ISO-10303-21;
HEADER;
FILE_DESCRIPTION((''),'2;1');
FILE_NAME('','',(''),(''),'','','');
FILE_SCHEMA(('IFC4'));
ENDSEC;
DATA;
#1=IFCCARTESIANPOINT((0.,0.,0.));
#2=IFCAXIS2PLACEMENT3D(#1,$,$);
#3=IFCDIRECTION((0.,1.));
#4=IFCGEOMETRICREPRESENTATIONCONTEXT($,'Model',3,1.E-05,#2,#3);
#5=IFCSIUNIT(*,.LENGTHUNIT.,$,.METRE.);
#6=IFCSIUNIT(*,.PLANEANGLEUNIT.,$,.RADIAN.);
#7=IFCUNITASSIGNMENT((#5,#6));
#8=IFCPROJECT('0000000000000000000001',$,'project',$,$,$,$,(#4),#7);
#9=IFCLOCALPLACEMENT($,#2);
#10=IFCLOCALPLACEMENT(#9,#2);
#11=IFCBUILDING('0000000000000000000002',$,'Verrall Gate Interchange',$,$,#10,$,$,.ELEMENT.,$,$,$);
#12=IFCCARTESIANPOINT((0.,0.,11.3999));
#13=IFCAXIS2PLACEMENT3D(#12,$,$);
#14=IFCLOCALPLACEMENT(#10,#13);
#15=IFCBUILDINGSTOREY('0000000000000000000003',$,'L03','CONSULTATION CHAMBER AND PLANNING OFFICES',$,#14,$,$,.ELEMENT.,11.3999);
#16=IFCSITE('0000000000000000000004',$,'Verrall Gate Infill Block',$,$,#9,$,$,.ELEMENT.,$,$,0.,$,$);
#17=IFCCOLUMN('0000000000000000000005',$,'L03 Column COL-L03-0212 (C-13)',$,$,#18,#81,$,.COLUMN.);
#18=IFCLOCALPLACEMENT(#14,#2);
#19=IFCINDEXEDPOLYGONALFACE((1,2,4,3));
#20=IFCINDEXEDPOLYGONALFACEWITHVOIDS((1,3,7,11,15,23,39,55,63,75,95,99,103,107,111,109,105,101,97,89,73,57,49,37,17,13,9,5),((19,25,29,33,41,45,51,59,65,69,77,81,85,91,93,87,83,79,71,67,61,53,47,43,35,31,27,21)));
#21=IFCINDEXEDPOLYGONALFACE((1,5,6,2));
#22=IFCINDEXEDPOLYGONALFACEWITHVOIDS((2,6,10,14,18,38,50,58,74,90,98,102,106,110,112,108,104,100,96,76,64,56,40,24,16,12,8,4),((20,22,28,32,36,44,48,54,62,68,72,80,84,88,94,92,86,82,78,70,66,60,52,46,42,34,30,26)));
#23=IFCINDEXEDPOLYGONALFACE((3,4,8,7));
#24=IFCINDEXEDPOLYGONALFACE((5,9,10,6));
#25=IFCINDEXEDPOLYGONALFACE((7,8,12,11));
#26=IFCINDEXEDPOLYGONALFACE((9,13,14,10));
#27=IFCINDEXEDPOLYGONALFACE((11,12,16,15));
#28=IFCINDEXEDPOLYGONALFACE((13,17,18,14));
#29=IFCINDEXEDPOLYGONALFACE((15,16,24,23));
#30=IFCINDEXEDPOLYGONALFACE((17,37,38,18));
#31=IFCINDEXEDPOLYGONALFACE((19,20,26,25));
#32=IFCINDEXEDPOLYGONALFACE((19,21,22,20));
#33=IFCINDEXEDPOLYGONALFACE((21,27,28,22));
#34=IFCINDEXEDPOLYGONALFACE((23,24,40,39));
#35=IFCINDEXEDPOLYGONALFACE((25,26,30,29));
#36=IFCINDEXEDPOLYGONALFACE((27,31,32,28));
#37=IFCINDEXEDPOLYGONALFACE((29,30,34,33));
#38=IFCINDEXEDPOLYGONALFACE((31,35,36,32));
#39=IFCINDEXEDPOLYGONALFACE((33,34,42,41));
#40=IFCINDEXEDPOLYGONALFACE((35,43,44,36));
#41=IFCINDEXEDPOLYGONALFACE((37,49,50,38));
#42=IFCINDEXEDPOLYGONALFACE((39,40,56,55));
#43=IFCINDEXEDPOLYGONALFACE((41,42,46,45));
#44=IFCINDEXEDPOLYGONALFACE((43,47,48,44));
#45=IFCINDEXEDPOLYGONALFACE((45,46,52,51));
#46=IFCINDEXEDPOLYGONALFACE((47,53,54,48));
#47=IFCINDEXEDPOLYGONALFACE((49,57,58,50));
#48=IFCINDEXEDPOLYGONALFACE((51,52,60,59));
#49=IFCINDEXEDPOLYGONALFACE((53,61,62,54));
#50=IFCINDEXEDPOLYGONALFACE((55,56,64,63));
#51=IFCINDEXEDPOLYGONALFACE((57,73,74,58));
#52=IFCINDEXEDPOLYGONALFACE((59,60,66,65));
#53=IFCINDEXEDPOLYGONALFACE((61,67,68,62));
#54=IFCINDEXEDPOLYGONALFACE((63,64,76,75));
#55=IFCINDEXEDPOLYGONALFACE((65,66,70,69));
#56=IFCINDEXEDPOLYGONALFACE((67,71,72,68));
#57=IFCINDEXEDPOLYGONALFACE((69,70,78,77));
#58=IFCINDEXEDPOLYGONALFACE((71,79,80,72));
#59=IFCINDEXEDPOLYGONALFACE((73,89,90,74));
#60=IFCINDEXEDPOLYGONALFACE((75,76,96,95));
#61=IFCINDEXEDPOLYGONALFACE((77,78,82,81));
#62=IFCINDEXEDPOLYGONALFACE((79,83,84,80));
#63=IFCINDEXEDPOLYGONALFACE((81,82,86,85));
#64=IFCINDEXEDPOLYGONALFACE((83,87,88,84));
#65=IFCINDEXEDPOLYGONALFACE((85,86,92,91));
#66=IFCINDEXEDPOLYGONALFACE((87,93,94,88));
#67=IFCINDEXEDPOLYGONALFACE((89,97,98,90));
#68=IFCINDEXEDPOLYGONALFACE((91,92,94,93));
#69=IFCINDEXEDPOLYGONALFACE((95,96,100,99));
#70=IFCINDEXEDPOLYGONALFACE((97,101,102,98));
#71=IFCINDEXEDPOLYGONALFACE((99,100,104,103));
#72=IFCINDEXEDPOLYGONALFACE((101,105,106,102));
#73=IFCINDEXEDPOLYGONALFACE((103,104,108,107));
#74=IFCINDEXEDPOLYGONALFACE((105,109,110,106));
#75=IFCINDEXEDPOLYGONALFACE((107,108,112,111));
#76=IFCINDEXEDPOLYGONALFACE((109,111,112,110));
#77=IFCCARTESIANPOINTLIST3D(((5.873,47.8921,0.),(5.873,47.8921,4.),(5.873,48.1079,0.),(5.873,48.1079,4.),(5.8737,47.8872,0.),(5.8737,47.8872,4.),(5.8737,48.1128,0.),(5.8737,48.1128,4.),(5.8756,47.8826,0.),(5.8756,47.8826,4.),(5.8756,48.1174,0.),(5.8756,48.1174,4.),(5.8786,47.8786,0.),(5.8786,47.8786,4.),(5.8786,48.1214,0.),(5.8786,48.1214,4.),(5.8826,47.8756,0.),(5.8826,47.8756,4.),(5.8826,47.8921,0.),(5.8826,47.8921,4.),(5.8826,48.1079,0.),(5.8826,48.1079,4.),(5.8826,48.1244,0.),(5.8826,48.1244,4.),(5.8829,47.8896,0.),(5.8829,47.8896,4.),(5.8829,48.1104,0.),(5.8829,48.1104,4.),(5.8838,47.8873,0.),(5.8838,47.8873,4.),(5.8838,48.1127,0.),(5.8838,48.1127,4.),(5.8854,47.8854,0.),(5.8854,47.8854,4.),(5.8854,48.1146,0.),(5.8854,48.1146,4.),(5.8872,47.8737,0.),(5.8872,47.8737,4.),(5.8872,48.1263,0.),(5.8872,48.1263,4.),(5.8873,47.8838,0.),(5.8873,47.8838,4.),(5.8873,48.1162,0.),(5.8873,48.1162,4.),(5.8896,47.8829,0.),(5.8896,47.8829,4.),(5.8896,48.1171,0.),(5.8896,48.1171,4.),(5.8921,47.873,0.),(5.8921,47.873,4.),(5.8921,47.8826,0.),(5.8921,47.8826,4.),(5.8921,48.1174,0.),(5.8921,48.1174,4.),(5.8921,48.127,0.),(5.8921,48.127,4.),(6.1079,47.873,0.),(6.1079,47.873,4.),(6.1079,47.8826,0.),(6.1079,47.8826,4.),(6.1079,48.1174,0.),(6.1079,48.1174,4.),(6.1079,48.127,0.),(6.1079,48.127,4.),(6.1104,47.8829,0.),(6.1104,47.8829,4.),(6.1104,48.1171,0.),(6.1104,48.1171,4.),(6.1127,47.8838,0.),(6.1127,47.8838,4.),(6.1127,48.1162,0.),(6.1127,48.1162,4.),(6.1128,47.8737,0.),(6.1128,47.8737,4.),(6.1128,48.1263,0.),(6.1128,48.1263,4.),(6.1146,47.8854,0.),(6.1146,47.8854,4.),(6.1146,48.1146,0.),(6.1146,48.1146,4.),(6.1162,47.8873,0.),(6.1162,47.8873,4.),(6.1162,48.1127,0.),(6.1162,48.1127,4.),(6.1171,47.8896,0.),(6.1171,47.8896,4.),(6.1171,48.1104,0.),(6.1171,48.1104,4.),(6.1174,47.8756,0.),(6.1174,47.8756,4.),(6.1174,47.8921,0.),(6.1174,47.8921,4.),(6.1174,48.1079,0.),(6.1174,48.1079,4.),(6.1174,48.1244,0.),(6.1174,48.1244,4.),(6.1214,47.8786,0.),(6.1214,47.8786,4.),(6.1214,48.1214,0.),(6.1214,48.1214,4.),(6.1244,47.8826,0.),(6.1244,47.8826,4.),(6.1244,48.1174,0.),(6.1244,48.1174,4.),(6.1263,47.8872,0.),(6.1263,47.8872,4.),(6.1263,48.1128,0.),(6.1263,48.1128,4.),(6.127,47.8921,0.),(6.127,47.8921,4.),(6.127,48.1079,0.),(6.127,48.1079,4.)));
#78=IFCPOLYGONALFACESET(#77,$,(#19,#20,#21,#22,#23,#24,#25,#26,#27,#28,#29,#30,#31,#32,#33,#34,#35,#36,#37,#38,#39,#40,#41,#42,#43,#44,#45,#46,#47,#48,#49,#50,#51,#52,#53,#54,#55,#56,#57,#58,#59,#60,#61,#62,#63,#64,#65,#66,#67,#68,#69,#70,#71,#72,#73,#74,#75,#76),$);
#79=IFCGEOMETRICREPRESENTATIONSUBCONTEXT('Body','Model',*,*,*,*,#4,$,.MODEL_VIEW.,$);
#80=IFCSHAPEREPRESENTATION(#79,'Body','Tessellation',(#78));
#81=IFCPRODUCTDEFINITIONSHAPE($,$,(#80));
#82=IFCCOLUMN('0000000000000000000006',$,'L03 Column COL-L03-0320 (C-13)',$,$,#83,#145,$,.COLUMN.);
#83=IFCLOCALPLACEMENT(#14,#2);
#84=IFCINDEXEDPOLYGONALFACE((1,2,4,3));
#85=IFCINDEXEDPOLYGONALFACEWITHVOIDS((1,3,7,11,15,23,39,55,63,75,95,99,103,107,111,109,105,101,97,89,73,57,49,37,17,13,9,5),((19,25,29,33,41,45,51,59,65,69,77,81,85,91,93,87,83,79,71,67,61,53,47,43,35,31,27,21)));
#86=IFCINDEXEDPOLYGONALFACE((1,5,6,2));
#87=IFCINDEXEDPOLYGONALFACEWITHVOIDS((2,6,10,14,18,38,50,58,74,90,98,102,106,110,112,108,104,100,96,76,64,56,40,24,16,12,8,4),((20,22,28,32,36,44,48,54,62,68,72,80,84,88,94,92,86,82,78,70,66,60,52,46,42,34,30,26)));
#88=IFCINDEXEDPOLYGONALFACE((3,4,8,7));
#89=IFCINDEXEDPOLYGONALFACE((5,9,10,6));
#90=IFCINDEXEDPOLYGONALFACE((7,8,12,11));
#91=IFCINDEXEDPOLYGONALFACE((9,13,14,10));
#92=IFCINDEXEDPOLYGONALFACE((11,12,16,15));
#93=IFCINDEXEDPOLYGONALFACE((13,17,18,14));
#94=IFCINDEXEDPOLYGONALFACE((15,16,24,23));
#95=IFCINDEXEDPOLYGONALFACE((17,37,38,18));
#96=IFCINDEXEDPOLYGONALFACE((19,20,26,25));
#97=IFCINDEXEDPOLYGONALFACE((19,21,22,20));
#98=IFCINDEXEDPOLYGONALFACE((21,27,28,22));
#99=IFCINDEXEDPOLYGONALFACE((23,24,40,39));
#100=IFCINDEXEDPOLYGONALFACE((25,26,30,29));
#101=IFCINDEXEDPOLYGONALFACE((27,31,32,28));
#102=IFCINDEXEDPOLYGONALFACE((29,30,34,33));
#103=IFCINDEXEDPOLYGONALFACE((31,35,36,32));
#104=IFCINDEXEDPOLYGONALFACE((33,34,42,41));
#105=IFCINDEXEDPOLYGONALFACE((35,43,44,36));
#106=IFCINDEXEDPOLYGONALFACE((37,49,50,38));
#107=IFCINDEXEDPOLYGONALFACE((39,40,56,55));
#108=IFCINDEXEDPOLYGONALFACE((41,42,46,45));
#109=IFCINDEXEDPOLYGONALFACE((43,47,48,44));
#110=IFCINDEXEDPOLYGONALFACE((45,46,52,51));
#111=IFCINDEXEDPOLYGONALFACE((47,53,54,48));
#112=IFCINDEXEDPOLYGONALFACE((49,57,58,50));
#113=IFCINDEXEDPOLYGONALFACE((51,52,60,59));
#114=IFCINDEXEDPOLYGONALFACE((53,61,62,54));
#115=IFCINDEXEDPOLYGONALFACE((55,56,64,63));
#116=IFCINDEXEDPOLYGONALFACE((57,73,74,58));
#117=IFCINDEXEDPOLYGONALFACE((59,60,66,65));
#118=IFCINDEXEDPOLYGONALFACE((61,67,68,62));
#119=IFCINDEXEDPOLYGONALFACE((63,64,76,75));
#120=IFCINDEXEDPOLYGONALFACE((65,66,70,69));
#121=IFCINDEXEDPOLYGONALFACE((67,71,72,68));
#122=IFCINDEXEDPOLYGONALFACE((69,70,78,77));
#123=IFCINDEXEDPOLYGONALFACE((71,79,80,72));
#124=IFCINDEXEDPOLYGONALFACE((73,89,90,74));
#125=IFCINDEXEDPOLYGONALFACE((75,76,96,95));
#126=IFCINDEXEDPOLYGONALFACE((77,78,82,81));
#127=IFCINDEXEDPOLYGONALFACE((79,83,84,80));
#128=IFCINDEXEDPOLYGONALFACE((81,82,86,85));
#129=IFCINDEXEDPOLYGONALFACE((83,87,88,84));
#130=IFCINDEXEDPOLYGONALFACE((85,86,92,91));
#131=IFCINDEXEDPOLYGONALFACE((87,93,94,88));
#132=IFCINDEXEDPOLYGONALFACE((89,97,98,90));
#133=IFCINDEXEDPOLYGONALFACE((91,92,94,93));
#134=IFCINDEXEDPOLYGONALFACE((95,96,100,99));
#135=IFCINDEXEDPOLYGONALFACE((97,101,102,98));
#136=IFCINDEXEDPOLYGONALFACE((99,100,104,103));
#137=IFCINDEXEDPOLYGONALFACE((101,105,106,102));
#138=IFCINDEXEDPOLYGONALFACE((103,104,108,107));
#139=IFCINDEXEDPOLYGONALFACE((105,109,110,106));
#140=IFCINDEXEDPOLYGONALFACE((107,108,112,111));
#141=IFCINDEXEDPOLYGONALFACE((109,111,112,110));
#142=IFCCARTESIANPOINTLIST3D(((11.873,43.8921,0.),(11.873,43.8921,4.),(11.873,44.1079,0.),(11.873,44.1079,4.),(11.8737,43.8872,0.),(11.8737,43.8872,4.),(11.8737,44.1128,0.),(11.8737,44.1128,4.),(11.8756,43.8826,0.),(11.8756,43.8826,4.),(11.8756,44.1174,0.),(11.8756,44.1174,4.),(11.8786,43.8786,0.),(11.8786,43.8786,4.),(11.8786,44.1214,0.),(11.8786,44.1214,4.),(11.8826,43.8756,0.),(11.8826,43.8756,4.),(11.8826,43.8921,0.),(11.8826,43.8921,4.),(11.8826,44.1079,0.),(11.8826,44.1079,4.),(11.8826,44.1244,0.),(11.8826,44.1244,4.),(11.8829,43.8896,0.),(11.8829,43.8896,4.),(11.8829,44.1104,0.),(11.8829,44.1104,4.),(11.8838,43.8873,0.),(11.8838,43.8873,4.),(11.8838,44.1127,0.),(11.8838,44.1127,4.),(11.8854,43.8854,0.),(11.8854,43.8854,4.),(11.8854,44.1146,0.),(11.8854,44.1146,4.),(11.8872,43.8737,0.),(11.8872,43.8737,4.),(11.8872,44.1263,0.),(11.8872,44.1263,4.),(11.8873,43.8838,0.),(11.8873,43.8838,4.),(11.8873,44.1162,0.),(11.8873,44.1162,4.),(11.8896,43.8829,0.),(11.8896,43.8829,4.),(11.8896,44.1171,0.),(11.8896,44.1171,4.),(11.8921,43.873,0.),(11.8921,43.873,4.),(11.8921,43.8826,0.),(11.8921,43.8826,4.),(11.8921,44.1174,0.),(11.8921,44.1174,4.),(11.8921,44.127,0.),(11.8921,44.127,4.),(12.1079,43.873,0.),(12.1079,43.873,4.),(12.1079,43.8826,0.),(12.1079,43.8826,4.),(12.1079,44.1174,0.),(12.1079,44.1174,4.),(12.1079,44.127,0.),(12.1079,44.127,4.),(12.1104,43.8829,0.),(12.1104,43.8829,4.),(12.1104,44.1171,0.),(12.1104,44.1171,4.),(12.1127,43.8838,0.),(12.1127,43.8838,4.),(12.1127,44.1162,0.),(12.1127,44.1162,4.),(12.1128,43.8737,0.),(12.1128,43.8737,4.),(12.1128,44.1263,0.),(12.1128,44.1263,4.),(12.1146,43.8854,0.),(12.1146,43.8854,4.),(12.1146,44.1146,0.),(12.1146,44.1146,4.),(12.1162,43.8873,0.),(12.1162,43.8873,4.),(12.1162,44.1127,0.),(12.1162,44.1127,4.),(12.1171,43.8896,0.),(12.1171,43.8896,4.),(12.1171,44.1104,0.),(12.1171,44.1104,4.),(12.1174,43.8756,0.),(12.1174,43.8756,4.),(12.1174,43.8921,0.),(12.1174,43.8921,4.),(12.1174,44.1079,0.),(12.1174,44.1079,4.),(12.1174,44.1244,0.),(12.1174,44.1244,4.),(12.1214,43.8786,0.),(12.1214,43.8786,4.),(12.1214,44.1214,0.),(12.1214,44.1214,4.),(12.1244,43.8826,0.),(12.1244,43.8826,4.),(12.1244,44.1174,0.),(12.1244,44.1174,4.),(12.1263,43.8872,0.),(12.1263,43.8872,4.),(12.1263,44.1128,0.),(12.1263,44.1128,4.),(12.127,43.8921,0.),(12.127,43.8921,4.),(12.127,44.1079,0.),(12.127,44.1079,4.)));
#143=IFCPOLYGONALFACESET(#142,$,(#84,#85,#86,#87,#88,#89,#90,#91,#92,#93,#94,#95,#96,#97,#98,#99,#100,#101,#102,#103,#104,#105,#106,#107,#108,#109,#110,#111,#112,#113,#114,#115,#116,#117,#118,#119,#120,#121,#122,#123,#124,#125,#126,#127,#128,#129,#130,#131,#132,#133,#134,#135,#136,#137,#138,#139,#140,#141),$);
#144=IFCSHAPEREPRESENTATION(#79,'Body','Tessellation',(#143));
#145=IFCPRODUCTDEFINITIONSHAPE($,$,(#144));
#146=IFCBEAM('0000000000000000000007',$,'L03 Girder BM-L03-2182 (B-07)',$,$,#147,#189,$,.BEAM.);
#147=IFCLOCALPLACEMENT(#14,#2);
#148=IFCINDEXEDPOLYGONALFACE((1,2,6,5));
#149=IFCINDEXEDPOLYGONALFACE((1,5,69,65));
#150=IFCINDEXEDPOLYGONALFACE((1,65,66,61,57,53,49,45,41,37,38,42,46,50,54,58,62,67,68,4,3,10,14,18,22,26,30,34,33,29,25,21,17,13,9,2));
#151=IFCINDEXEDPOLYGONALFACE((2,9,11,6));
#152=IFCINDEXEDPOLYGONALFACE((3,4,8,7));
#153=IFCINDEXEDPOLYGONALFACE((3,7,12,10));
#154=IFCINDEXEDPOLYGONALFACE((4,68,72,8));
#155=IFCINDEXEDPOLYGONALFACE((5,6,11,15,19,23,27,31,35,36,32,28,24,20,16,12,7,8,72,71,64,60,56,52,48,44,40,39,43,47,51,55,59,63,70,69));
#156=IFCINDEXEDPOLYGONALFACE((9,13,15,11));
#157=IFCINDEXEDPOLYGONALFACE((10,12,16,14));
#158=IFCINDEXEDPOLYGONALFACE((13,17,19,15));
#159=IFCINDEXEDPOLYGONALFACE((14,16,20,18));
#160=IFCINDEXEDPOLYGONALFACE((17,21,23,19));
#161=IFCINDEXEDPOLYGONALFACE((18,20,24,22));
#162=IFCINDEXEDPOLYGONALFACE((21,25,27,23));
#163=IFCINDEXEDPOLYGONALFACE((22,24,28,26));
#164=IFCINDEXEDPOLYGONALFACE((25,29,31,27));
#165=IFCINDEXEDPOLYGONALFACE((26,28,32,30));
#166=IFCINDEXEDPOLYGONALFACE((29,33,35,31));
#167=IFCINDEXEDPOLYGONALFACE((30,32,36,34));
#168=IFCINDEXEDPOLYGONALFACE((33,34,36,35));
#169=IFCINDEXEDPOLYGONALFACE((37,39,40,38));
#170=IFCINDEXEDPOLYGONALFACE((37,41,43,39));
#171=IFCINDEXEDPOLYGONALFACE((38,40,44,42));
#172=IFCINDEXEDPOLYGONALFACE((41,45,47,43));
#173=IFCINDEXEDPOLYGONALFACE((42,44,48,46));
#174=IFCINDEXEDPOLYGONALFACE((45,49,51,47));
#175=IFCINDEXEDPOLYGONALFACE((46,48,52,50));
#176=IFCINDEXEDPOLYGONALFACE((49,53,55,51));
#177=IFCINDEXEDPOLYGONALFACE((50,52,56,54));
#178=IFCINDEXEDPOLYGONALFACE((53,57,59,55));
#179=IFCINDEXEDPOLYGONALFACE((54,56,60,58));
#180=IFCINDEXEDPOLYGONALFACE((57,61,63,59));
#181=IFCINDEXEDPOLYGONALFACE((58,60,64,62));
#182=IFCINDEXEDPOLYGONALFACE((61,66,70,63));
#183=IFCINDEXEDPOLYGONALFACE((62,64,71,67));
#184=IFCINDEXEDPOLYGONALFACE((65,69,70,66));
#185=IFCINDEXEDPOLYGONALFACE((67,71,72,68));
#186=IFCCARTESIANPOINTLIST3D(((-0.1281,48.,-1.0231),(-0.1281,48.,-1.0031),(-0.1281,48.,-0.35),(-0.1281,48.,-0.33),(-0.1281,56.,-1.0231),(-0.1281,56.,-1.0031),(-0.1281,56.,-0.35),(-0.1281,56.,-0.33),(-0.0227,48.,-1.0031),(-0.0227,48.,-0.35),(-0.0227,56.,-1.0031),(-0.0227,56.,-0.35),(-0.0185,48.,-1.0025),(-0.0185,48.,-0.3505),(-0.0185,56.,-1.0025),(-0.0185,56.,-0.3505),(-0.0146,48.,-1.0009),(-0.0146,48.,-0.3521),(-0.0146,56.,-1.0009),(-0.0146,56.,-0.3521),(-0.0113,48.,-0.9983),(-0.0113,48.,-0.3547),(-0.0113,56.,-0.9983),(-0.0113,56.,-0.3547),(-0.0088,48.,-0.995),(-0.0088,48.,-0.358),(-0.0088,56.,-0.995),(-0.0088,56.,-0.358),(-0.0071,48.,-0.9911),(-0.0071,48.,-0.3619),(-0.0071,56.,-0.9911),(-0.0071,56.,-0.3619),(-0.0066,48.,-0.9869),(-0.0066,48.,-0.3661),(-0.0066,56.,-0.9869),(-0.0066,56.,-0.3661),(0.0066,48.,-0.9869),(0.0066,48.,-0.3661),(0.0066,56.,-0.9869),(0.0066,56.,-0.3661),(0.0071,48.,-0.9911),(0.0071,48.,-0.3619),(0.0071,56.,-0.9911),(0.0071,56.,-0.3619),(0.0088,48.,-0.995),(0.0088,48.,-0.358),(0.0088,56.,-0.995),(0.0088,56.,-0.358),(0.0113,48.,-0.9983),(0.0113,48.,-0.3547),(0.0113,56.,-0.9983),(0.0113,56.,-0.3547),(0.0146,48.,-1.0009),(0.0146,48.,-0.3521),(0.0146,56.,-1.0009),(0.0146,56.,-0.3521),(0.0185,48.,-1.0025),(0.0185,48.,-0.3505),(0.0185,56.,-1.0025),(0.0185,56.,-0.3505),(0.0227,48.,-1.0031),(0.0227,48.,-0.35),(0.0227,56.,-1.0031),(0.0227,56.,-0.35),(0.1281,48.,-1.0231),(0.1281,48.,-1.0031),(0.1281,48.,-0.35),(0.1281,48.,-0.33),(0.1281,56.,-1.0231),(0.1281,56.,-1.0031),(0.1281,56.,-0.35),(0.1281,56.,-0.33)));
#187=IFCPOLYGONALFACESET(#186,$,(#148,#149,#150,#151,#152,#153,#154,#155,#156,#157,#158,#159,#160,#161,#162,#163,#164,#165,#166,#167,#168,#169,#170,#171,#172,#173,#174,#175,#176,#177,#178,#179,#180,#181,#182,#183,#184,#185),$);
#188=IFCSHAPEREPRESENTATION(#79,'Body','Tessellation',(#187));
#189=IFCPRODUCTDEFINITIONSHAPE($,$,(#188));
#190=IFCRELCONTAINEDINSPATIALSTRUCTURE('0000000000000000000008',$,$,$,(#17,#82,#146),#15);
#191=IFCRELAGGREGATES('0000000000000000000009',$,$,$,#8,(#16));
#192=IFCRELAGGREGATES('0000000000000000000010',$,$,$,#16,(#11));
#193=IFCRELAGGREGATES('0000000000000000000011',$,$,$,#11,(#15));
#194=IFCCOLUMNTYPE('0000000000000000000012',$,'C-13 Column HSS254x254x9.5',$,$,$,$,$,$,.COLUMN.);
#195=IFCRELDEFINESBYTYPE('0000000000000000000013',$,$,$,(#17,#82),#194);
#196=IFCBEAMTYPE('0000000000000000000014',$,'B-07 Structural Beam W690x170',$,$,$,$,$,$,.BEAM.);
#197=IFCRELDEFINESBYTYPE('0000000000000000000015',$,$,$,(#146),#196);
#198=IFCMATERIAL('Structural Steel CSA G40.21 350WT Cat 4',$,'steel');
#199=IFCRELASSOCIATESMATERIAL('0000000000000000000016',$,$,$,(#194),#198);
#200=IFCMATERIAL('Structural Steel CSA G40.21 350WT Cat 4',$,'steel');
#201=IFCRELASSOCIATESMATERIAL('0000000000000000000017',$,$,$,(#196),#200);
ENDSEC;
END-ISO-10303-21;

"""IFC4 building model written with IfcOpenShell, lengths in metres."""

from ifc_helpers import new_model, si_unit, direction, frame, origin, origin_2d, place, context, subcontext, project, spatial, hollow_rectangle, i_section, extrude, material, material_profile, profile_set, type_object, element, save


model = new_model("IFC4")

# Units and contexts
model_context = context("Model", 3, precision=1e-05, world=origin(), true_north=direction((0.0, 1.0)))
body_context = subcontext(model_context, "Body", "Model", "MODEL_VIEW")
ifc_project = project(units=[si_unit("LENGTHUNIT", "METRE"), si_unit("PLANEANGLEUNIT", "RADIAN")], contexts=[model_context])

# Site, building, storey
site_placement = place(None, origin())
site = spatial("IfcSite", under=ifc_project, at=site_placement, Name="Verrall Gate Infill Block", CompositionType="ELEMENT", RefElevation=0.0)
building_placement = place(site_placement, origin())
building = spatial("IfcBuilding", under=site, at=building_placement, Name="Verrall Gate Interchange", CompositionType="ELEMENT")
storey_placement = place(building_placement, frame((0.0, 0.0, 11.3999)))
storey = spatial("IfcBuildingStorey", under=building, at=storey_placement, Name="L03", Description="CONSULTATION CHAMBER AND PLANNING OFFICES", CompositionType="ELEMENT", Elevation=11.3999)

# Columns
ifc_material_1 = material(Name="Structural Steel CSA G40.21 350WT Cat 4", Category="steel")
ifc_material_profile_1 = material_profile(ifc_material_1, hollow_rectangle(XDim=0.2539, YDim=0.2539, WallThickness=0.0095, InnerFilletRadius=0.0095, OuterFilletRadius=0.019, at=origin_2d()), Name="HSS254x254x9.5")
ifc_profile_set_1 = profile_set([ifc_material_profile_1], Name="Structural Steel CSA G40.21 350WT Cat 4")
column_type_1 = type_object("IfcColumnType", Name="C-13 Column HSS254x254x9.5", PredefinedType="COLUMN", material=ifc_profile_set_1)
for number, where, z_axis, x_axis, name in (
    (1, (6.0, 48.0, 0.0), (0.0, 0.0, 1.0), (1.0, 0.0, 0.0), "L03 Column COL-L03-0212 (C-13)"),
    (2, (12.0, 44.0, 0.0), (0.0, 0.0, 1.0), (1.0, 0.0, 0.0), "L03 Column COL-L03-0320 (C-13)"),
):
    element("IfcColumn", number, at=place(storey_placement, frame(where, z_axis=z_axis, x_axis=x_axis)), inside=storey, type_object=column_type_1, Name=name, PredefinedType="COLUMN", context=body_context, shape_type="SweptSolid", body=[
        extrude(hollow_rectangle(XDim=0.2539, YDim=0.2539, WallThickness=0.0095, InnerFilletRadius=0.0095, OuterFilletRadius=0.019, at=origin_2d()), origin(), (0.0, 0.0, 1.0), 4.0),
    ])

# Beam
ifc_material_2 = material(Name="Structural Steel CSA G40.21 350WT Cat 4", Category="steel")
ifc_material_profile_2 = material_profile(ifc_material_2, i_section(OverallWidth=0.2561, OverallDepth=0.6931, WebThickness=0.0132, FlangeThickness=0.02, FilletRadius=0.0161, at=origin_2d()), Name="W690x170")
ifc_profile_set_2 = profile_set([ifc_material_profile_2], Name="Structural Steel CSA G40.21 350WT Cat 4")
beam_type_1 = type_object("IfcBeamType", Name="B-07 Structural Beam W690x170", PredefinedType="BEAM", material=ifc_profile_set_2)
for number, where, z_axis, x_axis, name in (
    (3, (0.0, 48.0, -0.6765), (0.0, 1.0, 0.0), (-1.0, 0.0, 0.0), "L03 Girder BM-L03-2182 (B-07)"),
):
    element("IfcBeam", number, at=place(storey_placement, frame(where, z_axis=z_axis, x_axis=x_axis)), inside=storey, type_object=beam_type_1, Name=name, PredefinedType="BEAM", context=body_context, shape_type="SweptSolid", body=[
        extrude(i_section(OverallWidth=0.2561, OverallDepth=0.6931, WebThickness=0.0132, FlangeThickness=0.02, FilletRadius=0.0161, at=origin_2d()), origin(), (0.0, 0.0, 1.0), 8.0),
    ])

save(model, "model.ifc")
